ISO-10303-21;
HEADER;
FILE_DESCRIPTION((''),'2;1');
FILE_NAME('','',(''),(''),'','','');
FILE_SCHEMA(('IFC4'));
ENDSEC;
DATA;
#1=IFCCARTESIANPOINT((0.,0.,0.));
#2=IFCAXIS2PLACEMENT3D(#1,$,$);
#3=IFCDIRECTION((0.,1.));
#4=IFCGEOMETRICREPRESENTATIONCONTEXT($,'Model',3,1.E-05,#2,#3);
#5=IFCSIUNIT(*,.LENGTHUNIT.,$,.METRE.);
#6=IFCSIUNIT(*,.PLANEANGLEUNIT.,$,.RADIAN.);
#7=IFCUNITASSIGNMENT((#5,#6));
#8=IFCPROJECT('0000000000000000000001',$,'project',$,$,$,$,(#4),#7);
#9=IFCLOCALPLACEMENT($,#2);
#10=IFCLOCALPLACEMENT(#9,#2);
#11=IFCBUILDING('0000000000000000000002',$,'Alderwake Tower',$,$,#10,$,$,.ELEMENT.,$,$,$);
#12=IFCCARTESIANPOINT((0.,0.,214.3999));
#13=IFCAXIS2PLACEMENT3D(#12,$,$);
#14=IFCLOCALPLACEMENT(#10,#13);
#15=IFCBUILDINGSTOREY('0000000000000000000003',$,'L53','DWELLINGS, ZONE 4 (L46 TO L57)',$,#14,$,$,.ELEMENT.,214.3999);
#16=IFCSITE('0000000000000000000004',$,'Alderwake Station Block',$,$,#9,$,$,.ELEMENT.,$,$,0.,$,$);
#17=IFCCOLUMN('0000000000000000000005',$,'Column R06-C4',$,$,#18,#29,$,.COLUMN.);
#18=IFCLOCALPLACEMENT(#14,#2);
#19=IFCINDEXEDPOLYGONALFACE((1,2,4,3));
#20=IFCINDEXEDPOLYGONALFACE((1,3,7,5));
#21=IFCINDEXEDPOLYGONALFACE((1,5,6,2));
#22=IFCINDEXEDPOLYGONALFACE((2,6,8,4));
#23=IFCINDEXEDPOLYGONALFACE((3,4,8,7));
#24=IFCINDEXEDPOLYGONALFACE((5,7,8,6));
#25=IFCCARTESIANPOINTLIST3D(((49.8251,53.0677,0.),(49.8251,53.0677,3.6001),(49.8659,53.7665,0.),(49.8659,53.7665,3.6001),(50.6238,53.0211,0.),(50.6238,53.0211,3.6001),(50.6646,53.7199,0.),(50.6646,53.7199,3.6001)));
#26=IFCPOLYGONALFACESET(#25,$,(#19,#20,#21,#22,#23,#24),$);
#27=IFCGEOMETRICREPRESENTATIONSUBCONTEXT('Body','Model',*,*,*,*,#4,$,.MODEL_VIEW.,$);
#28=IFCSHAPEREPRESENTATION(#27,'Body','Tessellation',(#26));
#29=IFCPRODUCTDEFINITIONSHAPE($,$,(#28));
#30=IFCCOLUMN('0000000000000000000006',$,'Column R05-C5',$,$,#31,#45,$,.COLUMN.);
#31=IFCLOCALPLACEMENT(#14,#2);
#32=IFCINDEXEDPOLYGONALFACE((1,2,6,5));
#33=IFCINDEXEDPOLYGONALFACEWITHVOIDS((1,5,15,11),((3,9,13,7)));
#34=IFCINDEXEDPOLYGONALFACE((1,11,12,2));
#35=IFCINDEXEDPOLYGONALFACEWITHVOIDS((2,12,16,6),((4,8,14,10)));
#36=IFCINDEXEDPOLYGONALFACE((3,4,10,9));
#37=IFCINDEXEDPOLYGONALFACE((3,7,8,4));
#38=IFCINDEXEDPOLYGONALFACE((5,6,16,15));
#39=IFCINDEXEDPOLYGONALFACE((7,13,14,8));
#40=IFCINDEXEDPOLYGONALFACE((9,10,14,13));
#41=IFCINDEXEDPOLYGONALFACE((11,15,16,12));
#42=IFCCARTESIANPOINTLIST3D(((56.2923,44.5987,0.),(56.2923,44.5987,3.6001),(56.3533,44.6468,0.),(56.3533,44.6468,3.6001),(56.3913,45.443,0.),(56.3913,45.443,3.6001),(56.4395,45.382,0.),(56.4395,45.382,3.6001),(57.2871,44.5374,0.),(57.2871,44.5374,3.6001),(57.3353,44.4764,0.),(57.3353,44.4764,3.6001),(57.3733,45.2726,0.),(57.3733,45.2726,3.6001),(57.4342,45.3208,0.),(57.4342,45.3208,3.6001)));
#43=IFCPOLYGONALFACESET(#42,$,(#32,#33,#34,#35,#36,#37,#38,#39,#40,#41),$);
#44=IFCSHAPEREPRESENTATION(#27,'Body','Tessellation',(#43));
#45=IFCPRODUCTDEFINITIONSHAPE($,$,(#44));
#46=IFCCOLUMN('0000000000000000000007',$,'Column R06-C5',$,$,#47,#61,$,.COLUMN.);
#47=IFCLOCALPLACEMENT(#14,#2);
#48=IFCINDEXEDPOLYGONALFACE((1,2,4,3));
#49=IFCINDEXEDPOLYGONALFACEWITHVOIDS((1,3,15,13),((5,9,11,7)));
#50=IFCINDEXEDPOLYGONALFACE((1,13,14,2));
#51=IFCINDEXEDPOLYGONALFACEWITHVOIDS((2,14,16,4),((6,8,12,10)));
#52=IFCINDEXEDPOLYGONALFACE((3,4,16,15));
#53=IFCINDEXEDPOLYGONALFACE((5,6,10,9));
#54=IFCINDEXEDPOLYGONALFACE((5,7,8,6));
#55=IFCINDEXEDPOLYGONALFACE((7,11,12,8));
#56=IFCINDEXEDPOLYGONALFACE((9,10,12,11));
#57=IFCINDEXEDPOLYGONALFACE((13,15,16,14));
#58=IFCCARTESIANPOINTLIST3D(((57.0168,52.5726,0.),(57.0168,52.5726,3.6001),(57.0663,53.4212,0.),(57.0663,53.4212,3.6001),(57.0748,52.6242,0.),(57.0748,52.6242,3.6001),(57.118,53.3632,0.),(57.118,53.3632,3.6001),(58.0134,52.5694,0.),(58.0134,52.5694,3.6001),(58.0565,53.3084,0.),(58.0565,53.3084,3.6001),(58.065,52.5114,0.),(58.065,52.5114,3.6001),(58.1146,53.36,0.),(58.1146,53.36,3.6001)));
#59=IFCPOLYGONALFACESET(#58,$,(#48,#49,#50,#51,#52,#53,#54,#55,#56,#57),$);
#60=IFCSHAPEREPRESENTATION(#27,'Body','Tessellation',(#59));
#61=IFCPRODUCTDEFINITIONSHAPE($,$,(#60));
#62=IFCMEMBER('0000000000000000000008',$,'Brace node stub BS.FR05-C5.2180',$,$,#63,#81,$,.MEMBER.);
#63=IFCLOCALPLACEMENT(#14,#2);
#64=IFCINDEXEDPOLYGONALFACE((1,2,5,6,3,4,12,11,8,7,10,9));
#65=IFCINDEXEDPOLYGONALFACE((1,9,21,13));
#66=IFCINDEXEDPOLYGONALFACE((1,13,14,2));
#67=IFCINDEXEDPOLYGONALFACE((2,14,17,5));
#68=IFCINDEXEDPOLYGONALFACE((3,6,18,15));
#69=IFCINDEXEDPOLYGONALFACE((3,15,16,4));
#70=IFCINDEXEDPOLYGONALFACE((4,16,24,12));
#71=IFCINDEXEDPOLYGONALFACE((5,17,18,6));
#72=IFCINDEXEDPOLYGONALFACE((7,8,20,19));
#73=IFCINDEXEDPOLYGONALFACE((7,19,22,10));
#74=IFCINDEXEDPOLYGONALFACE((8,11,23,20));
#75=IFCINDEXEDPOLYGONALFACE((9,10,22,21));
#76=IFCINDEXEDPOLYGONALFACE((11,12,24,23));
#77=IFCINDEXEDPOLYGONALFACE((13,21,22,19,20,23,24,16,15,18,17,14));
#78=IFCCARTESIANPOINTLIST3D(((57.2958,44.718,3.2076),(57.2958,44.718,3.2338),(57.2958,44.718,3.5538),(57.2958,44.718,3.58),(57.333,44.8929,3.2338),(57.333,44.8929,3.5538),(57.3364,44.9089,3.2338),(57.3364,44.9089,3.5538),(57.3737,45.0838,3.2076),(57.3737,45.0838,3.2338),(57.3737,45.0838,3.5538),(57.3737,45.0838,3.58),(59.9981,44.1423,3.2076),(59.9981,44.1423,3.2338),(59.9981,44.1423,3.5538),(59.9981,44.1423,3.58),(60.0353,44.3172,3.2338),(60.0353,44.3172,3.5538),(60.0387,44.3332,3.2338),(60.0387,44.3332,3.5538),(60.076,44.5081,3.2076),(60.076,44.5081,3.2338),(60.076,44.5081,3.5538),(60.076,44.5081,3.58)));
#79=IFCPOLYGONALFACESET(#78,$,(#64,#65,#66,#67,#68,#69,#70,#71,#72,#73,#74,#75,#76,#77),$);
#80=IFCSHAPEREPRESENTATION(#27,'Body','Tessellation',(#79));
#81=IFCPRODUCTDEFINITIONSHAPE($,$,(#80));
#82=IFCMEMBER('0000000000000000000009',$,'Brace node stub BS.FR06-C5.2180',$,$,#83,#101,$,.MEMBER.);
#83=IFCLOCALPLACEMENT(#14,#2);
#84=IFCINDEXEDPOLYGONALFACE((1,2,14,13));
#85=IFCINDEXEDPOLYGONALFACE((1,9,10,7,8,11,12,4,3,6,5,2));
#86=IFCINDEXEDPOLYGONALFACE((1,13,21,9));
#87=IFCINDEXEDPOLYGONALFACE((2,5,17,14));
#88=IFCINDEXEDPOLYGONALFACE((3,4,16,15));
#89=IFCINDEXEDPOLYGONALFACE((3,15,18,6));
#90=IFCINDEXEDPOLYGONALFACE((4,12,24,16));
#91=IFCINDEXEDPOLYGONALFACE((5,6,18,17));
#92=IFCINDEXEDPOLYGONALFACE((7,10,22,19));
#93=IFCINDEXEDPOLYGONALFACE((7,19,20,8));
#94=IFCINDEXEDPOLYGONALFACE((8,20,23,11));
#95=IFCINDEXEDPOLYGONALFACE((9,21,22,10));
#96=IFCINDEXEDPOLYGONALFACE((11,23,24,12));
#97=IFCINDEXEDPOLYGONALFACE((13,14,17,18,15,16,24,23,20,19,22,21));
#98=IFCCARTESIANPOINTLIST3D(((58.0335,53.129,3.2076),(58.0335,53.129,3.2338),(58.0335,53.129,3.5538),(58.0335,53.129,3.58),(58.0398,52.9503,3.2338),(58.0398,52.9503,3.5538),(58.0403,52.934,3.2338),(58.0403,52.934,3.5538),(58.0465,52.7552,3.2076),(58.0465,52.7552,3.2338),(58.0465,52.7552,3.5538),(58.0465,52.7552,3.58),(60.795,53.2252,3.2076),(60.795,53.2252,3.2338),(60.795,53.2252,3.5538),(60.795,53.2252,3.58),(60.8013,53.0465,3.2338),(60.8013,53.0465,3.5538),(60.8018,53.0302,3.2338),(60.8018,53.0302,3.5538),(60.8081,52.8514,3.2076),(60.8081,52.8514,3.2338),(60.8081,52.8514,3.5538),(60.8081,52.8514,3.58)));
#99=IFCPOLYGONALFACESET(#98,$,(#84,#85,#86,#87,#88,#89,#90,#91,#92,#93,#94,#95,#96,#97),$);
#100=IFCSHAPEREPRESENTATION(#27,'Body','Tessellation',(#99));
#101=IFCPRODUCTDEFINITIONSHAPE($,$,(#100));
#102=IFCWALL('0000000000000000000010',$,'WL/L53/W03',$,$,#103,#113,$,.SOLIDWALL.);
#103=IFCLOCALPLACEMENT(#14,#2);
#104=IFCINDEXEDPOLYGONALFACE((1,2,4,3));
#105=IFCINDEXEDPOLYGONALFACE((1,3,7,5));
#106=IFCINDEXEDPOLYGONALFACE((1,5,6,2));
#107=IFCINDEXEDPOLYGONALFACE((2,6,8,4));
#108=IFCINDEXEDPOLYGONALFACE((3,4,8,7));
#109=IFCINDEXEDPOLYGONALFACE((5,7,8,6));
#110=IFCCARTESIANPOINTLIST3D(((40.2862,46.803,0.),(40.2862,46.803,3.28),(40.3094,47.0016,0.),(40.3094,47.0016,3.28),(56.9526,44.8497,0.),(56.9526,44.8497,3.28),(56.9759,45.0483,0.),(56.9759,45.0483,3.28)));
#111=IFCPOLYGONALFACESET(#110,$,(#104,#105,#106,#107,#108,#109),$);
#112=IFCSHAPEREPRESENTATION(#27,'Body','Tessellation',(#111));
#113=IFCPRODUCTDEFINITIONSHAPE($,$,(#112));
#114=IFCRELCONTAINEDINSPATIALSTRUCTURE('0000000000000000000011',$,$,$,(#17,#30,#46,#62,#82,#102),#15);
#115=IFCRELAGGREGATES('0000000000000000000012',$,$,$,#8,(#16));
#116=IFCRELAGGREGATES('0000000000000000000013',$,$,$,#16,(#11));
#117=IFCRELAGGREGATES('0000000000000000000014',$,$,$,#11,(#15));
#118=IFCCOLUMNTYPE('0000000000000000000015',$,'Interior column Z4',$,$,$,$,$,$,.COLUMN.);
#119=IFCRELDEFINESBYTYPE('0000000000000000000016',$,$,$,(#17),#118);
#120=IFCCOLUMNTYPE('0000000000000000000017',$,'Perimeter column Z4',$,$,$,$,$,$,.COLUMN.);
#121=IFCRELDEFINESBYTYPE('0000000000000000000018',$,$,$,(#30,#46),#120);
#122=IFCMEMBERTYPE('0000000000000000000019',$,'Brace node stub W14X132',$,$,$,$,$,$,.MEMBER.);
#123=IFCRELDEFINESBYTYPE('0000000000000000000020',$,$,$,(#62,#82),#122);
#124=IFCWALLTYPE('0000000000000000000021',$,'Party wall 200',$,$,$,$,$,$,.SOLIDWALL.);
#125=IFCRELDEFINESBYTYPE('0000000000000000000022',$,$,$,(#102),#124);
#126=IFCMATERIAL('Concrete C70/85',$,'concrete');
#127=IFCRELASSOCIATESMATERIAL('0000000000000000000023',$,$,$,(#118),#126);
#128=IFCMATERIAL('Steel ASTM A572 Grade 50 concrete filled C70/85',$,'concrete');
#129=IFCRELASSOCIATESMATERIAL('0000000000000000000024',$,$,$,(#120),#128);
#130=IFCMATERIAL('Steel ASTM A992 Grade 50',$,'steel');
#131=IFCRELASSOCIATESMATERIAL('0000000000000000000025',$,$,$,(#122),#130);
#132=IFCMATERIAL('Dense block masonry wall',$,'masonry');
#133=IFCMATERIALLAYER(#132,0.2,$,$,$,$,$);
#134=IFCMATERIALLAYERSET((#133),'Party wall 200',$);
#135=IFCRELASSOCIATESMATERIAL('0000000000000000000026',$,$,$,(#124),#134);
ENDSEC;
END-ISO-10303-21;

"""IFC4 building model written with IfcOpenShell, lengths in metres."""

from ifc_helpers import new_model, si_unit, direction, frame, frame_2d, origin, origin_2d, place, context, subcontext, project, spatial, rectangle, hollow_rectangle, i_section, extrude, material, layer, layer_set, material_profile, profile_set, type_object, element, save


model = new_model("IFC4")

# Units and contexts
model_context = context("Model", 3, precision=1e-05, world=origin(), true_north=direction((0.0, 1.0)))
body_context = subcontext(model_context, "Body", "Model", "MODEL_VIEW")
ifc_project = project(units=[si_unit("LENGTHUNIT", "METRE"), si_unit("PLANEANGLEUNIT", "RADIAN")], contexts=[model_context])

# Site, building, storey
site_placement = place(None, origin())
site = spatial("IfcSite", under=ifc_project, at=site_placement, Name="Alderwake Station Block", CompositionType="ELEMENT", RefElevation=0.0)
building_placement = place(site_placement, origin())
building = spatial("IfcBuilding", under=site, at=building_placement, Name="Alderwake Tower", CompositionType="ELEMENT")
storey_placement = place(building_placement, frame((0.0, 0.0, 214.3999)))
storey = spatial("IfcBuildingStorey", under=building, at=storey_placement, Name="L53", Description="DWELLINGS, ZONE 4 (L46 TO L57)", CompositionType="ELEMENT", Elevation=214.3999)

# Columns
ifc_material_1 = material(Name="Concrete C70/85", Category="concrete")
ifc_material_profile_1 = material_profile(ifc_material_1, rectangle(XDim=0.7, YDim=0.8, at=origin_2d()), Name="RC 800X700")
ifc_profile_set_1 = profile_set([ifc_material_profile_1], Name="Concrete C70/85")
column_type_1 = type_object("IfcColumnType", Name="Interior column Z4", PredefinedType="COLUMN", material=ifc_profile_set_1)
column_placement = place(storey_placement, frame((50.2449, 53.3938, 0.0), z_axis=(0.0, 0.0, 1.0), x_axis=(0.058299, 0.998299, 0.0)))
element("IfcColumn", 1, at=column_placement, inside=storey, type_object=column_type_1, Name="Column R06-C4", PredefinedType="COLUMN", context=body_context, shape_type="SweptSolid", body=[
    extrude(rectangle(XDim=0.7, YDim=0.8, at=origin_2d()), origin(), (0.0, 0.0, 1.0), 3.6001),
])
ifc_material_2 = material(Name="Steel ASTM A572 Grade 50 concrete filled C70/85", Category="concrete")
ifc_material_profile_2 = material_profile(ifc_material_2, hollow_rectangle(XDim=0.8501, YDim=1.05, WallThickness=0.0549, at=origin_2d()), Name="BOX 1050X850X55")
ifc_profile_set_2 = profile_set([ifc_material_profile_2], Name="Steel ASTM A572 Grade 50 concrete filled C70/85")
column_type_2 = type_object("IfcColumnType", Name="Perimeter column Z4", PredefinedType="COLUMN", material=ifc_profile_set_2)
for number, where, z_axis, x_axis, name in (
    (2, (56.8633, 44.9597, 0.0), (0.0, 0.0, 1.0), (0.116402, 0.993202, 0.0), "Column R05-C5"),
    (3, (57.5657, 52.9663, 0.0), (0.0, 0.0, 1.0), (0.058301, 0.998299, 0.0), "Column R06-C5"),
):
    element("IfcColumn", number, at=place(storey_placement, frame(where, z_axis=z_axis, x_axis=x_axis)), inside=storey, type_object=column_type_2, Name=name, PredefinedType="COLUMN", context=body_context, shape_type="SweptSolid", body=[
        extrude(hollow_rectangle(XDim=0.8501, YDim=1.05, WallThickness=0.0549, at=origin_2d()), origin(), (0.0, 0.0, 1.0), 3.6001),
    ])

# Members
ifc_material_3 = material(Name="Steel ASTM A992 Grade 50", Category="steel")
ifc_material_profile_3 = material_profile(ifc_material_3, i_section(OverallWidth=0.374, OverallDepth=0.3723, WebThickness=0.0164, FlangeThickness=0.0261, at=origin_2d()), Name="W14X132")
ifc_profile_set_3 = profile_set([ifc_material_profile_3], Name="Steel ASTM A992 Grade 50")
member_type = type_object("IfcMemberType", Name="Brace node stub W14X132", PredefinedType="MEMBER", material=ifc_profile_set_3)
member_1_placement = place(storey_placement, frame((57.3347, 44.9009, 3.3938), z_axis=(0.978054, -0.208352, 0.0), x_axis=(0.208352, 0.978054, 0.0)))
element("IfcMember", 4, at=member_1_placement, inside=storey, type_object=member_type, Name="Brace node stub BS.FR05-C5.2180", PredefinedType="MEMBER", context=body_context, shape_type="SweptSolid", body=[
    extrude(i_section(OverallWidth=0.374, OverallDepth=0.3723, WebThickness=0.0164, FlangeThickness=0.0261, at=origin_2d()), origin(), (0.0, 0.0, 1.0), 2.7629),
])
member_2_placement = place(storey_placement, frame((58.04, 52.9421, 3.3938), z_axis=(0.999394, 0.034812, 0.0), x_axis=(-0.034812, 0.999394, 0.0)))
element("IfcMember", 5, at=member_2_placement, inside=storey, type_object=member_type, Name="Brace node stub BS.FR06-C5.2180", PredefinedType="MEMBER", context=body_context, shape_type="SweptSolid", body=[
    extrude(i_section(OverallWidth=0.374, OverallDepth=0.3723, WebThickness=0.0164, FlangeThickness=0.0261, at=origin_2d()), origin(), (0.0, 0.0, 1.0), 2.7632),
])

# Wall
ifc_material_4 = material(Name="Dense block masonry wall", Category="masonry")
ifc_layer_1 = layer(ifc_material_4, 0.2)
ifc_layer_set_1 = layer_set([ifc_layer_1], Name="Party wall 200")
wall_type_1 = type_object("IfcWallType", Name="Party wall 200", PredefinedType="SOLIDWALL", material=ifc_layer_set_1)
wall_1_placement = place(storey_placement, frame((56.9641, 44.949, 0.0), z_axis=(0.0, 0.0, 1.0), x_axis=(-0.993202, 0.116407, 0.0)))
element("IfcWall", 6, at=wall_1_placement, inside=storey, type_object=wall_type_1, Name="WL/L53/W03", PredefinedType="SOLIDWALL", context=body_context, shape_type="SweptSolid", body=[
    extrude(rectangle(XDim=16.7805, YDim=0.2, at=frame_2d((8.3901, 0.0))), origin(), (0.0, 0.0, 1.0), 3.28),
])

save(model, "model.ifc")
